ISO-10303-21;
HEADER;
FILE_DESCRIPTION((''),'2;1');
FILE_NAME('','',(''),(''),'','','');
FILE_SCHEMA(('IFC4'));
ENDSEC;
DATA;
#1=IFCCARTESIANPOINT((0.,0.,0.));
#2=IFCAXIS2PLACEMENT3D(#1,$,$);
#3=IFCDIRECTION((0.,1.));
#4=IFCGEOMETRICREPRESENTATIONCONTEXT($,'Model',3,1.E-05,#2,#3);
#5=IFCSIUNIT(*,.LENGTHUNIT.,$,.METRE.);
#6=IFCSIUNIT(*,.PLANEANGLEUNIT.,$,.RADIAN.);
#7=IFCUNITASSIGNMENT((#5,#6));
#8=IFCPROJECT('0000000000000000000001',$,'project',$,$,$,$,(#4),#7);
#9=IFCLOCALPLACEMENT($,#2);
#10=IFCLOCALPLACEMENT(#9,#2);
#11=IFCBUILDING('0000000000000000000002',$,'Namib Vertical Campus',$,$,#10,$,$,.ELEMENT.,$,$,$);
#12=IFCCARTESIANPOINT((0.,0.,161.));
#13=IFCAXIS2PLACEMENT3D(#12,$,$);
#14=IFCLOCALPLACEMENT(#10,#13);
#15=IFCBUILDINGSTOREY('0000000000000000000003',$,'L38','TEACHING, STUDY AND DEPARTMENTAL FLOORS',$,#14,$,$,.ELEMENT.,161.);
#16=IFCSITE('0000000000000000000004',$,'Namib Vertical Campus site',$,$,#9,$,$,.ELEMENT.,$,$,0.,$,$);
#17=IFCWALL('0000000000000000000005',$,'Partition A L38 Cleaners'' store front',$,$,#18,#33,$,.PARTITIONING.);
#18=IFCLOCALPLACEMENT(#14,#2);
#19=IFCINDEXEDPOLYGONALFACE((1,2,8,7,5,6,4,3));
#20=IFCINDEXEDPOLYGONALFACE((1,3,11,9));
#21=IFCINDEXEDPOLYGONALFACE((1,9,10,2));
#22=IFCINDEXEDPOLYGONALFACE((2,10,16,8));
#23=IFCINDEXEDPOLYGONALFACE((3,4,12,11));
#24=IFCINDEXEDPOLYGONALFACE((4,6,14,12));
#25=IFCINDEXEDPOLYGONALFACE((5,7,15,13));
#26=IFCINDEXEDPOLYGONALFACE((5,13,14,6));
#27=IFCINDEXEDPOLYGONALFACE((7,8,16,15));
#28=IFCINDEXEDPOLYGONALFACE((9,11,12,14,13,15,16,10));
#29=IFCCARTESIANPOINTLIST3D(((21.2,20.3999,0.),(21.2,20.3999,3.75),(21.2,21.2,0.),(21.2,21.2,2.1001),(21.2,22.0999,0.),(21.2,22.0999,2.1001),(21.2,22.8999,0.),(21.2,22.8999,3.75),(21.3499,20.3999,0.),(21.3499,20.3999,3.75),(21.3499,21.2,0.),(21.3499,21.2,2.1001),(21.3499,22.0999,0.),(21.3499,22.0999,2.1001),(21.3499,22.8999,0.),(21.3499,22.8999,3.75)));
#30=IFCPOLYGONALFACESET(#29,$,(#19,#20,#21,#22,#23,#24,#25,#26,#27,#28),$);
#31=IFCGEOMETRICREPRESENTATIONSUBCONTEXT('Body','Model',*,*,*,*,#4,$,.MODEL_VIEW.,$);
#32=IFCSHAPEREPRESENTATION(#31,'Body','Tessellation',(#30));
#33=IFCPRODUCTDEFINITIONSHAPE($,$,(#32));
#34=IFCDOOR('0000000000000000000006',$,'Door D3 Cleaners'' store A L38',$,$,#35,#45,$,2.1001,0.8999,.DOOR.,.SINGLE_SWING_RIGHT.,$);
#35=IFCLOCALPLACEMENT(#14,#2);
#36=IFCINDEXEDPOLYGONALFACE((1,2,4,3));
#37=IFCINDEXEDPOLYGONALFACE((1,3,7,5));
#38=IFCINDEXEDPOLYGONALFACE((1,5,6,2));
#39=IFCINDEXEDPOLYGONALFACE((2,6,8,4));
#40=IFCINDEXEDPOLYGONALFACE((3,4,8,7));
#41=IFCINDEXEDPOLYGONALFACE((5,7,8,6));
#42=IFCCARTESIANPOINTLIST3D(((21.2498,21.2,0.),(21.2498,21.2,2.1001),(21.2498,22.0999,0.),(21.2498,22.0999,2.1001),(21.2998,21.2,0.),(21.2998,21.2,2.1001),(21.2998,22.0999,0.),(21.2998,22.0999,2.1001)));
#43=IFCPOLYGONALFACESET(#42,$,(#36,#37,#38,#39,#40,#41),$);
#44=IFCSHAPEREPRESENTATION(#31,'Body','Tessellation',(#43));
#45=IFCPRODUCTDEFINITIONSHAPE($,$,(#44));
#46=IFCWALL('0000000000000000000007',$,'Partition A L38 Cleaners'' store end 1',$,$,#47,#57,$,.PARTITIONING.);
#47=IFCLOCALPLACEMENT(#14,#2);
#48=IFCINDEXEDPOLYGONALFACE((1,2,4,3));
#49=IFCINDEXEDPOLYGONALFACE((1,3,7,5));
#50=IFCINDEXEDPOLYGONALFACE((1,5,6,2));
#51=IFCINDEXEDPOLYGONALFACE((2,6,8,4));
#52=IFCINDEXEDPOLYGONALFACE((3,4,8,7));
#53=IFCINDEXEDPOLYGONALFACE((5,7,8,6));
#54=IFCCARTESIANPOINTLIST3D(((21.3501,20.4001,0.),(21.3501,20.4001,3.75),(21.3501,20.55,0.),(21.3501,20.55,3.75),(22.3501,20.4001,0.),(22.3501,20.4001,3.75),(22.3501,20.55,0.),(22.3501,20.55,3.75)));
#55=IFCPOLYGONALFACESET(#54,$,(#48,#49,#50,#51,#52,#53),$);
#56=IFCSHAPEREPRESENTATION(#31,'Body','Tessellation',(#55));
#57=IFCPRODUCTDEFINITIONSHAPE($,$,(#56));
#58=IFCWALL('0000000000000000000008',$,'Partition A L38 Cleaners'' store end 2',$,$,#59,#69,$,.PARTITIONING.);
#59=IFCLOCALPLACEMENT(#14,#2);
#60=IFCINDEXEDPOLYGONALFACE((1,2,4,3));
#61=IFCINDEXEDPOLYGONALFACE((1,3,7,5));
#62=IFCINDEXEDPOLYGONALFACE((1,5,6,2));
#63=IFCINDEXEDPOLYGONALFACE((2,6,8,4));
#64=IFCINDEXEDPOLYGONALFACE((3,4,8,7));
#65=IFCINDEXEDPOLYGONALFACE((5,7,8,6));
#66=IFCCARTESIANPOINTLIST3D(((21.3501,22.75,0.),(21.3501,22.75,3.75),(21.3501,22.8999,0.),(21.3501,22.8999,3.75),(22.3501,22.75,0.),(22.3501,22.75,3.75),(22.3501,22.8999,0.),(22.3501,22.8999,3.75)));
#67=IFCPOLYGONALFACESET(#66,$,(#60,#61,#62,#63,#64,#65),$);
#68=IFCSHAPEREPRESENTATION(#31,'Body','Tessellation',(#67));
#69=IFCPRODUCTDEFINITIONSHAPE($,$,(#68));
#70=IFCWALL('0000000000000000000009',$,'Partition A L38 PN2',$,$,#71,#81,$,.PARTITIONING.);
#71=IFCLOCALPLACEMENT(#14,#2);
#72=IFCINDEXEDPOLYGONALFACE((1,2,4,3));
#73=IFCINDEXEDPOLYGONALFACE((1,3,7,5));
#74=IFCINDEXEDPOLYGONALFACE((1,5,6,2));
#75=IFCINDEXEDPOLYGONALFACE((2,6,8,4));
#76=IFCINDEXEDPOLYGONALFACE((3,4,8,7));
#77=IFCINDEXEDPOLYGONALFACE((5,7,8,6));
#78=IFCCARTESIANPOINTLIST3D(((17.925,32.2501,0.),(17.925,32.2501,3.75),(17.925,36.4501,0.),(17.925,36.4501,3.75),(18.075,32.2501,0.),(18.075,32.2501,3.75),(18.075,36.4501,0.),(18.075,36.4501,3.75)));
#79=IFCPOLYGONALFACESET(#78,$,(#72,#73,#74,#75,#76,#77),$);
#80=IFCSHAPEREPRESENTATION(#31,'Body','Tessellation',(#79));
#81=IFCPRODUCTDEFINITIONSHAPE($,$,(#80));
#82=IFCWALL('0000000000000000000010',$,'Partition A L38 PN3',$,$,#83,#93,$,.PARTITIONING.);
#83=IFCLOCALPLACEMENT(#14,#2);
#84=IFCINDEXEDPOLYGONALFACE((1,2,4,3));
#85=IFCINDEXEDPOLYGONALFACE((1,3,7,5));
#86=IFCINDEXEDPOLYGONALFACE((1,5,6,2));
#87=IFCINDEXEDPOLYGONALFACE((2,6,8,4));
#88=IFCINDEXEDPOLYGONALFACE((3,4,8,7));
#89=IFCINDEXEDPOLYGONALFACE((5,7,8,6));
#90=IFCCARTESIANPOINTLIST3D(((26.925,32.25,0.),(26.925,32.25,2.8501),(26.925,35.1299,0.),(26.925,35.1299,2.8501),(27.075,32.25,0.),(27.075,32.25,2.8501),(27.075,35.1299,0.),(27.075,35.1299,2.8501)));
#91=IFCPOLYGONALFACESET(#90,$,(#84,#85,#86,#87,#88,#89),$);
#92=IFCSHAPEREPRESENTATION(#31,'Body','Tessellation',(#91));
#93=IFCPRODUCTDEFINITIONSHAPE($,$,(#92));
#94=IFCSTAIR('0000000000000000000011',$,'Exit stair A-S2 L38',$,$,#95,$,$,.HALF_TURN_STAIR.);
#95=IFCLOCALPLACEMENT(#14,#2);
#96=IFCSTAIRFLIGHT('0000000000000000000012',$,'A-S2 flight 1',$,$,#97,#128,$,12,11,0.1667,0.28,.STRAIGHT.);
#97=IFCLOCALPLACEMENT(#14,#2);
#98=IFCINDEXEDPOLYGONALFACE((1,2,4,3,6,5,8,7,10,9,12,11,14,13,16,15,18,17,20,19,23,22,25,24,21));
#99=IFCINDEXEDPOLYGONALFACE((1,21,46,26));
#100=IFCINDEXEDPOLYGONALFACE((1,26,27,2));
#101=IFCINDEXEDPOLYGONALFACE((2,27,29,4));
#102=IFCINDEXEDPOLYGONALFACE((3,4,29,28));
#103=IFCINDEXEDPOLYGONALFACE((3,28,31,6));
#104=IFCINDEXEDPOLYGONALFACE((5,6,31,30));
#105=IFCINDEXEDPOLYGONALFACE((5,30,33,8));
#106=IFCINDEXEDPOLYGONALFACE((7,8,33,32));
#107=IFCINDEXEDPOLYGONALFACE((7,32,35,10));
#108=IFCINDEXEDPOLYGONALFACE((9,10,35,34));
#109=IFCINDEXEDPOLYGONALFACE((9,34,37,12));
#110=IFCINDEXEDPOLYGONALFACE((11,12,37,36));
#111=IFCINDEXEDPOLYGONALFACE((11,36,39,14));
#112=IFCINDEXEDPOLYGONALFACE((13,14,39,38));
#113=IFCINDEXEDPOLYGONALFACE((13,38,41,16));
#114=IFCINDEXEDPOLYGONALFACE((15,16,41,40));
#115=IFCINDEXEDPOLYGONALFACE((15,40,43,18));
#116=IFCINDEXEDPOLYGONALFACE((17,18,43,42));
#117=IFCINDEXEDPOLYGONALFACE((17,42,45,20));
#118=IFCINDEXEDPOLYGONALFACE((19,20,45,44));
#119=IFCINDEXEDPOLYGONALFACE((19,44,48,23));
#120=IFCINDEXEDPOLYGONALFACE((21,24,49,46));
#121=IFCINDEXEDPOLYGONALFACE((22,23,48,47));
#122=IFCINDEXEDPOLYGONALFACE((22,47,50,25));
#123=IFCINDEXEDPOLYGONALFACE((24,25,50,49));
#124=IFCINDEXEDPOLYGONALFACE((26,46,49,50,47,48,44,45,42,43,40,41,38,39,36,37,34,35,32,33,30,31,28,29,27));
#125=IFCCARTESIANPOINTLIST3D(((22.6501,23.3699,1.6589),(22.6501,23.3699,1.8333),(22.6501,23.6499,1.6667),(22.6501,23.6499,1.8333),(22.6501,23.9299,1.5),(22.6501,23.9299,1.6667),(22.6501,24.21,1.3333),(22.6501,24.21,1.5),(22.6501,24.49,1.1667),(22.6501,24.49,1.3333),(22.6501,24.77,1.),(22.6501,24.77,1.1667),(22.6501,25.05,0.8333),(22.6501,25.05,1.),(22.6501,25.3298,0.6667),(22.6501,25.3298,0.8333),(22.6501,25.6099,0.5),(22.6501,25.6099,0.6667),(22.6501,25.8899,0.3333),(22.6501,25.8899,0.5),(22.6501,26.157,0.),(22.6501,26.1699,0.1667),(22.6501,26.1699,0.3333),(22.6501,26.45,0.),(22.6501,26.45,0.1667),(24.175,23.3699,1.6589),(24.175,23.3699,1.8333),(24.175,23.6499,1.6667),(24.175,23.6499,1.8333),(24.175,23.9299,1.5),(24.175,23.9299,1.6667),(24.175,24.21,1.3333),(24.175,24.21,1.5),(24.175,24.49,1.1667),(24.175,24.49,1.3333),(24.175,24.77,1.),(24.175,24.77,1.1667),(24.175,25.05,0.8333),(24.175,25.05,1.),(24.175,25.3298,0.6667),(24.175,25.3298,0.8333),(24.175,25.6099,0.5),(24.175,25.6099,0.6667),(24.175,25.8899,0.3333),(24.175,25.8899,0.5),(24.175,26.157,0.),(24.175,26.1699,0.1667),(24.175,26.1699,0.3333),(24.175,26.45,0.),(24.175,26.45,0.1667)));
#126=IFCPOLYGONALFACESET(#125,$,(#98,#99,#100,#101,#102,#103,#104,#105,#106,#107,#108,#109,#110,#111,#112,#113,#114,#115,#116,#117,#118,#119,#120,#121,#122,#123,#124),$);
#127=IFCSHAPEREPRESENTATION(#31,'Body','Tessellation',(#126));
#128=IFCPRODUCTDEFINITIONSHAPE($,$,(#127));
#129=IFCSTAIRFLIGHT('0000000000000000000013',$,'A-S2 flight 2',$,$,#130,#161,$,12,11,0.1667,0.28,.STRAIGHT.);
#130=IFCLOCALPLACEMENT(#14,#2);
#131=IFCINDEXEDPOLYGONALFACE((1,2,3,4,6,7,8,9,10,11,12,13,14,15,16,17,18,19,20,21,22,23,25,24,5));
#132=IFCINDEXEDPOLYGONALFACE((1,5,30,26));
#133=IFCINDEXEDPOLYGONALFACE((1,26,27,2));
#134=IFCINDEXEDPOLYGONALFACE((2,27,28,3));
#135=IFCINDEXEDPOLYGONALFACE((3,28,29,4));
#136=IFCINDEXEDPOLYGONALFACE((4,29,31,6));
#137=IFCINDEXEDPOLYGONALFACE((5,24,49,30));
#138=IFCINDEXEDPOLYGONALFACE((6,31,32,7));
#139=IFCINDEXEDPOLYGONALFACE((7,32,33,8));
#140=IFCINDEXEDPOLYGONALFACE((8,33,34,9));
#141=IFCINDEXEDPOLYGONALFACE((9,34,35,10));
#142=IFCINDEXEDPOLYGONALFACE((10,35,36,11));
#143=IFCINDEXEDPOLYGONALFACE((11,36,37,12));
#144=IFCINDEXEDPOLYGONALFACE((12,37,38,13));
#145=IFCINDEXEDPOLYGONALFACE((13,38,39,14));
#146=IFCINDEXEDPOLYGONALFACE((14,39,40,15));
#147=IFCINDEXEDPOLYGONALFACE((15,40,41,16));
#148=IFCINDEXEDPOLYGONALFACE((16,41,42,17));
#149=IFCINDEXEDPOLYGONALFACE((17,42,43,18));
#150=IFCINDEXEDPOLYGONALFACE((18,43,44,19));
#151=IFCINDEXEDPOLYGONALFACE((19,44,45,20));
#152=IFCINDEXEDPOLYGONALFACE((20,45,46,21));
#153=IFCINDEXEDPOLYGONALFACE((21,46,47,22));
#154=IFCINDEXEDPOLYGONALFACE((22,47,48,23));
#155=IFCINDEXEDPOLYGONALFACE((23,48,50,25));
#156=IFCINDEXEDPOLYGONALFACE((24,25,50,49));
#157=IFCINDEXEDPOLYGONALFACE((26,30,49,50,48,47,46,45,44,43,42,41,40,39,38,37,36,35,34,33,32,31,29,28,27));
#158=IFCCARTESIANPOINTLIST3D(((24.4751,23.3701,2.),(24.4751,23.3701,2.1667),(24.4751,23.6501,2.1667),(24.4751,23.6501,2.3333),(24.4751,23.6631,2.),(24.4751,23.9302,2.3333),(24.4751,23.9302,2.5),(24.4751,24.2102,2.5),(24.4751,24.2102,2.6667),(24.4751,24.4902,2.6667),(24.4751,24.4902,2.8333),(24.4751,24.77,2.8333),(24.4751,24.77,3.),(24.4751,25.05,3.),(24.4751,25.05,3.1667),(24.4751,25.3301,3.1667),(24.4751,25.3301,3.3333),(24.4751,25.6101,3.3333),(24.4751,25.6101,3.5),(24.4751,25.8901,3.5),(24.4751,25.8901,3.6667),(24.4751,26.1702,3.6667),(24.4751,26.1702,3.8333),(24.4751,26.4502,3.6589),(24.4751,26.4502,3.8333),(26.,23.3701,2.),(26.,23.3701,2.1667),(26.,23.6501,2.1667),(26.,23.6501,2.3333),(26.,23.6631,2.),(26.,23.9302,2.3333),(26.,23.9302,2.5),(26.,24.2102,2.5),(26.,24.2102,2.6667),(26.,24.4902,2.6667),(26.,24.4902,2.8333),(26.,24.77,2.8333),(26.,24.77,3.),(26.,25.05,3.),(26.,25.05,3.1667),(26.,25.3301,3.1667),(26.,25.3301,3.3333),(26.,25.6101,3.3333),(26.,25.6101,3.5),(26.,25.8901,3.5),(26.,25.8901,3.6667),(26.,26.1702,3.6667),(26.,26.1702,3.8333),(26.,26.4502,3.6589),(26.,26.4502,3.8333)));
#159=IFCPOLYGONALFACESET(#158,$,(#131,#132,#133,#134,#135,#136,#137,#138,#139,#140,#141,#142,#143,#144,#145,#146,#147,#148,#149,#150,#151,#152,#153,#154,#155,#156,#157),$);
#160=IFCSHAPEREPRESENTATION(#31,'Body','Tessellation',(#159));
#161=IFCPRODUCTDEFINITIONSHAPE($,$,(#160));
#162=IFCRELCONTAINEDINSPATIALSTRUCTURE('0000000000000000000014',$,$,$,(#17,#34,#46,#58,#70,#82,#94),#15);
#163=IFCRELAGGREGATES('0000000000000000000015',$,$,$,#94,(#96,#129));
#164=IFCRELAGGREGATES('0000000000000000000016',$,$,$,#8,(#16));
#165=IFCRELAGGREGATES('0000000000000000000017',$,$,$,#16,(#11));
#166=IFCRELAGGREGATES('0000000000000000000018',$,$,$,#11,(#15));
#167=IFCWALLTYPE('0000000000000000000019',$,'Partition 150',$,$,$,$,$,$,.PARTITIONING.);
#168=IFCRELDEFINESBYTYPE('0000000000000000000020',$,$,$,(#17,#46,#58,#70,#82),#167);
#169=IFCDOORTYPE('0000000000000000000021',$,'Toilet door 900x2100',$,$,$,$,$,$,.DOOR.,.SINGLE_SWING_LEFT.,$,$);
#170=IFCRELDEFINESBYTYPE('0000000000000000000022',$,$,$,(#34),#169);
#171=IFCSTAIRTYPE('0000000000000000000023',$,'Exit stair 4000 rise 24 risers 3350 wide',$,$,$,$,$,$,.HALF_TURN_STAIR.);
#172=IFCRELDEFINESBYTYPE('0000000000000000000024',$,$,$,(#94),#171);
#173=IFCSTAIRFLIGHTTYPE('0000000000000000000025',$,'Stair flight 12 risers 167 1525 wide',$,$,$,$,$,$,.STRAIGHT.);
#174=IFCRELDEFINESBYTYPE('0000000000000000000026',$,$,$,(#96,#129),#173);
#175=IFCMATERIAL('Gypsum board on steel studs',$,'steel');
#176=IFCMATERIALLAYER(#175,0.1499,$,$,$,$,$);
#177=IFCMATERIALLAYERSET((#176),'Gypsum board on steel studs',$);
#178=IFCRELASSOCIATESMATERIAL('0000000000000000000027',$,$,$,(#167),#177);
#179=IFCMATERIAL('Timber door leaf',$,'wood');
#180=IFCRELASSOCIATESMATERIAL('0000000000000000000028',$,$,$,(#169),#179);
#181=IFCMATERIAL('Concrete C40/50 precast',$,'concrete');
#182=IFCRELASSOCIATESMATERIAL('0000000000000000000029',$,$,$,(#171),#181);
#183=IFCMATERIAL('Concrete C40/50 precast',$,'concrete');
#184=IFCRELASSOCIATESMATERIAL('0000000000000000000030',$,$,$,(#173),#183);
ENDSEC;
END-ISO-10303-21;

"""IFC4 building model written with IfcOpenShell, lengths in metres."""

from ifc_helpers import new_model, si_unit, direction, frame, frame_2d, origin, place, context, subcontext, project, spatial, polyline, rectangle, outline, extrude, material, layer, layer_set, type_object, element, fill, aggregate, save


model = new_model("IFC4")

# Units and contexts
model_context = context("Model", 3, precision=1e-05, world=origin(), true_north=direction((0.0, 1.0)))
body_context = subcontext(model_context, "Body", "Model", "MODEL_VIEW")
ifc_project = project(units=[si_unit("LENGTHUNIT", "METRE"), si_unit("PLANEANGLEUNIT", "RADIAN")], contexts=[model_context])

# Site, building, storey
site_placement = place(None, origin())
site = spatial("IfcSite", under=ifc_project, at=site_placement, Name="Namib Vertical Campus site", CompositionType="ELEMENT", RefElevation=0.0)
building_placement = place(site_placement, origin())
building = spatial("IfcBuilding", under=site, at=building_placement, Name="Namib Vertical Campus", CompositionType="ELEMENT")
storey_placement = place(building_placement, frame((0.0, 0.0, 161.0)))
storey = spatial("IfcBuildingStorey", under=building, at=storey_placement, Name="L38", Description="TEACHING, STUDY AND DEPARTMENTAL FLOORS", CompositionType="ELEMENT", Elevation=161.0)

# Wall, opening, door
ifc_material_1 = material(Name="Gypsum board on steel studs", Category="steel")
ifc_layer_1 = layer(ifc_material_1, 0.1499)
ifc_layer_set_1 = layer_set([ifc_layer_1], Name="Gypsum board on steel studs")
wall_type_1 = type_object("IfcWallType", Name="Partition 150", PredefinedType="PARTITIONING", material=ifc_layer_set_1)
wall_1_placement = place(storey_placement, frame((21.2749, 20.3999, 0.0), z_axis=(0.0, 0.0, 1.0), x_axis=(0.0, 1.0, 0.0)))
wall_1 = element("IfcWall", 1, at=wall_1_placement, inside=storey, type_object=wall_type_1, Name="Partition A L38 Cleaners' store front", PredefinedType="PARTITIONING", context=body_context, shape_type="SweptSolid", body=[
    extrude(rectangle(XDim=2.5, YDim=0.1499, at=frame_2d((1.25, 0.0))), origin(), (0.0, 0.0, 1.0), 3.75),
])
opening_1_placement = place(wall_1_placement, frame((0.8, 0.0, 0.0)))
opening_1 = element("IfcOpeningElement", 2, at=opening_1_placement, cuts=wall_1, PredefinedType="OPENING", context=body_context, shape_type="SweptSolid", body=[
    extrude(rectangle(XDim=0.8999, YDim=2.1001, at=frame_2d((0.45, 1.05))), frame((0.0, 0.085, 0.0), z_axis=(0.0, -1.0, 0.0), x_axis=(1.0, 0.0, 0.0)), (0.0, 0.0, 1.0), 0.1699),
])
ifc_material_2 = material(Name="Timber door leaf", Category="wood")
door_type_1 = type_object("IfcDoorType", Name="Toilet door 900x2100", OperationType="SINGLE_SWING_LEFT", PredefinedType="DOOR", material=ifc_material_2)
door_1_placement = place(opening_1_placement, frame((0.8999, 0.0, 0.0), z_axis=(0.0, 0.0, 1.0), x_axis=(-1.0, 0.0, 0.0)))
door_1 = element("IfcDoor", 3, at=door_1_placement, inside=storey, type_object=door_type_1, Name="Door D3 Cleaners' store A L38", OperationType="SINGLE_SWING_RIGHT", OverallHeight=2.1001, OverallWidth=0.8999, PredefinedType="DOOR", context=body_context, shape_type="SweptSolid", body=[
    extrude(rectangle(XDim=0.8999, YDim=2.1001, at=frame_2d((0.45, 1.05))), frame((0.0, 0.0249, 0.0), z_axis=(0.0, -1.0, 0.0), x_axis=(1.0, 0.0, 0.0)), (0.0, 0.0, 1.0), 0.05),
])
fill(opening_1, door_1)

# Walls
for number, where, z_axis, x_axis, name in (
    (4, (21.3501, 20.4751, 0.0), (0.0, 0.0, 1.0), (1.0, 0.0, 0.0), "Partition A L38 Cleaners' store end 1"),
    (5, (21.3501, 22.825, 0.0), (0.0, 0.0, 1.0), (1.0, 0.0, 0.0), "Partition A L38 Cleaners' store end 2"),
):
    element("IfcWall", number, at=place(storey_placement, frame(where, z_axis=z_axis, x_axis=x_axis)), inside=storey, type_object=wall_type_1, Name=name, PredefinedType="PARTITIONING", context=body_context, shape_type="SweptSolid", body=[
        extrude(rectangle(XDim=1.0, YDim=0.1499, at=frame_2d((0.5, 0.0))), origin(), (0.0, 0.0, 1.0), 3.75),
    ])
wall_2_placement = place(storey_placement, frame((18.0, 32.25, 0.0), z_axis=(0.0, 0.0, 1.0), x_axis=(0.0, 1.0, 0.0)))
element("IfcWall", 6, at=wall_2_placement, inside=storey, type_object=wall_type_1, Name="Partition A L38 PN2", PredefinedType="PARTITIONING", context=body_context, shape_type="SweptSolid", body=[
    extrude(rectangle(XDim=4.2, YDim=0.1499, at=frame_2d((2.1001, 0.0))), origin(), (0.0, 0.0, 1.0), 3.75),
])
wall_3_placement = place(storey_placement, frame((27.0, 32.25, 0.0), z_axis=(0.0, 0.0, 1.0), x_axis=(0.0, 1.0, 0.0)))
element("IfcWall", 7, at=wall_3_placement, inside=storey, type_object=wall_type_1, Name="Partition A L38 PN3", PredefinedType="PARTITIONING", context=body_context, shape_type="SweptSolid", body=[
    extrude(rectangle(XDim=2.8799, YDim=0.1499, at=frame_2d((1.4399, 0.0))), origin(), (0.0, 0.0, 1.0), 2.8501),
])

# Stair, stair flights
ifc_material_3 = material(Name="Concrete C40/50 precast", Category="concrete")
stair_type = type_object("IfcStairType", Name="Exit stair 4000 rise 24 risers 3350 wide", PredefinedType="HALF_TURN_STAIR", material=ifc_material_3)
stair_placement = place(storey_placement, origin())
stair = element("IfcStair", 8, at=stair_placement, inside=storey, type_object=stair_type, Name="Exit stair A-S2 L38", PredefinedType="HALF_TURN_STAIR")
ifc_material_4 = material(Name="Concrete C40/50 precast", Category="concrete")
stair_flight_type = type_object("IfcStairFlightType", Name="Stair flight 12 risers 167 1525 wide", PredefinedType="STRAIGHT", material=ifc_material_4)
stair_flight_1_placement = place(storey_placement, frame((23.4126, 26.45, 0.0), z_axis=(0.0, 0.0, 1.0), x_axis=(0.0, -1.0, 0.0)))
stair_flight_1 = element("IfcStairFlight", 9, at=stair_flight_1_placement, type_object=stair_flight_type, Name="A-S2 flight 1", NumberOfRisers=12, NumberOfTreads=11, PredefinedType="STRAIGHT", RiserHeight=0.1667, TreadLength=0.28, context=body_context, shape_type="SweptSolid", body=[
    extrude(outline(polyline([(0.0, 0.0), (0.0, 0.1667), (0.28, 0.1667), (0.28, 0.3333), (0.5601, 0.3333), (0.5601, 0.5), (0.8401, 0.5), (0.8401, 0.6667), (1.1201, 0.6667), (1.1201, 0.8333), (1.3999, 0.8333), (1.3999, 1.0), (1.6799, 1.0), (1.6799, 1.1667), (1.96, 1.1667), (1.96, 1.3333), (2.24, 1.3333), (2.24, 1.5), (2.52, 1.5), (2.52, 1.6667), (2.8, 1.6667), (2.8, 1.8333), (3.0801, 1.8333), (3.0801, 2.0), (3.0801, 1.6589), (0.293, 0.0), (0.0, 0.0)])), frame((0.0, 0.7625, 0.0), z_axis=(0.0, -1.0, 0.0), x_axis=(1.0, 0.0, 0.0)), (0.0, 0.0, 1.0), 1.5249),
])
stair_flight_2_placement = place(storey_placement, frame((25.2375, 23.3701, 2.0), z_axis=(0.0, 0.0, 1.0), x_axis=(0.0, 1.0, 0.0)))
stair_flight_2 = element("IfcStairFlight", 10, at=stair_flight_2_placement, type_object=stair_flight_type, Name="A-S2 flight 2", NumberOfRisers=12, NumberOfTreads=11, PredefinedType="STRAIGHT", RiserHeight=0.1667, TreadLength=0.28, context=body_context, shape_type="SweptSolid", body=[
    extrude(outline(polyline([(0.0, 0.0), (0.0, 0.1667), (0.28, 0.1667), (0.28, 0.3333), (0.5601, 0.3333), (0.5601, 0.5), (0.8401, 0.5), (0.8401, 0.6667), (1.1201, 0.6667), (1.1201, 0.8333), (1.3999, 0.8333), (1.3999, 1.0), (1.6799, 1.0), (1.6799, 1.1667), (1.96, 1.1667), (1.96, 1.3333), (2.24, 1.3333), (2.24, 1.5), (2.52, 1.5), (2.52, 1.6667), (2.8, 1.6667), (2.8, 1.8333), (3.0801, 1.8333), (3.0801, 2.0), (3.0801, 1.6589), (0.293, 0.0), (0.0, 0.0)])), frame((0.0, 0.7625, 0.0), z_axis=(0.0, -1.0, 0.0), x_axis=(1.0, 0.0, 0.0)), (0.0, 0.0, 1.0), 1.5249),
])
aggregate(stair, [stair_flight_1, stair_flight_2])

save(model, "model.ifc")
